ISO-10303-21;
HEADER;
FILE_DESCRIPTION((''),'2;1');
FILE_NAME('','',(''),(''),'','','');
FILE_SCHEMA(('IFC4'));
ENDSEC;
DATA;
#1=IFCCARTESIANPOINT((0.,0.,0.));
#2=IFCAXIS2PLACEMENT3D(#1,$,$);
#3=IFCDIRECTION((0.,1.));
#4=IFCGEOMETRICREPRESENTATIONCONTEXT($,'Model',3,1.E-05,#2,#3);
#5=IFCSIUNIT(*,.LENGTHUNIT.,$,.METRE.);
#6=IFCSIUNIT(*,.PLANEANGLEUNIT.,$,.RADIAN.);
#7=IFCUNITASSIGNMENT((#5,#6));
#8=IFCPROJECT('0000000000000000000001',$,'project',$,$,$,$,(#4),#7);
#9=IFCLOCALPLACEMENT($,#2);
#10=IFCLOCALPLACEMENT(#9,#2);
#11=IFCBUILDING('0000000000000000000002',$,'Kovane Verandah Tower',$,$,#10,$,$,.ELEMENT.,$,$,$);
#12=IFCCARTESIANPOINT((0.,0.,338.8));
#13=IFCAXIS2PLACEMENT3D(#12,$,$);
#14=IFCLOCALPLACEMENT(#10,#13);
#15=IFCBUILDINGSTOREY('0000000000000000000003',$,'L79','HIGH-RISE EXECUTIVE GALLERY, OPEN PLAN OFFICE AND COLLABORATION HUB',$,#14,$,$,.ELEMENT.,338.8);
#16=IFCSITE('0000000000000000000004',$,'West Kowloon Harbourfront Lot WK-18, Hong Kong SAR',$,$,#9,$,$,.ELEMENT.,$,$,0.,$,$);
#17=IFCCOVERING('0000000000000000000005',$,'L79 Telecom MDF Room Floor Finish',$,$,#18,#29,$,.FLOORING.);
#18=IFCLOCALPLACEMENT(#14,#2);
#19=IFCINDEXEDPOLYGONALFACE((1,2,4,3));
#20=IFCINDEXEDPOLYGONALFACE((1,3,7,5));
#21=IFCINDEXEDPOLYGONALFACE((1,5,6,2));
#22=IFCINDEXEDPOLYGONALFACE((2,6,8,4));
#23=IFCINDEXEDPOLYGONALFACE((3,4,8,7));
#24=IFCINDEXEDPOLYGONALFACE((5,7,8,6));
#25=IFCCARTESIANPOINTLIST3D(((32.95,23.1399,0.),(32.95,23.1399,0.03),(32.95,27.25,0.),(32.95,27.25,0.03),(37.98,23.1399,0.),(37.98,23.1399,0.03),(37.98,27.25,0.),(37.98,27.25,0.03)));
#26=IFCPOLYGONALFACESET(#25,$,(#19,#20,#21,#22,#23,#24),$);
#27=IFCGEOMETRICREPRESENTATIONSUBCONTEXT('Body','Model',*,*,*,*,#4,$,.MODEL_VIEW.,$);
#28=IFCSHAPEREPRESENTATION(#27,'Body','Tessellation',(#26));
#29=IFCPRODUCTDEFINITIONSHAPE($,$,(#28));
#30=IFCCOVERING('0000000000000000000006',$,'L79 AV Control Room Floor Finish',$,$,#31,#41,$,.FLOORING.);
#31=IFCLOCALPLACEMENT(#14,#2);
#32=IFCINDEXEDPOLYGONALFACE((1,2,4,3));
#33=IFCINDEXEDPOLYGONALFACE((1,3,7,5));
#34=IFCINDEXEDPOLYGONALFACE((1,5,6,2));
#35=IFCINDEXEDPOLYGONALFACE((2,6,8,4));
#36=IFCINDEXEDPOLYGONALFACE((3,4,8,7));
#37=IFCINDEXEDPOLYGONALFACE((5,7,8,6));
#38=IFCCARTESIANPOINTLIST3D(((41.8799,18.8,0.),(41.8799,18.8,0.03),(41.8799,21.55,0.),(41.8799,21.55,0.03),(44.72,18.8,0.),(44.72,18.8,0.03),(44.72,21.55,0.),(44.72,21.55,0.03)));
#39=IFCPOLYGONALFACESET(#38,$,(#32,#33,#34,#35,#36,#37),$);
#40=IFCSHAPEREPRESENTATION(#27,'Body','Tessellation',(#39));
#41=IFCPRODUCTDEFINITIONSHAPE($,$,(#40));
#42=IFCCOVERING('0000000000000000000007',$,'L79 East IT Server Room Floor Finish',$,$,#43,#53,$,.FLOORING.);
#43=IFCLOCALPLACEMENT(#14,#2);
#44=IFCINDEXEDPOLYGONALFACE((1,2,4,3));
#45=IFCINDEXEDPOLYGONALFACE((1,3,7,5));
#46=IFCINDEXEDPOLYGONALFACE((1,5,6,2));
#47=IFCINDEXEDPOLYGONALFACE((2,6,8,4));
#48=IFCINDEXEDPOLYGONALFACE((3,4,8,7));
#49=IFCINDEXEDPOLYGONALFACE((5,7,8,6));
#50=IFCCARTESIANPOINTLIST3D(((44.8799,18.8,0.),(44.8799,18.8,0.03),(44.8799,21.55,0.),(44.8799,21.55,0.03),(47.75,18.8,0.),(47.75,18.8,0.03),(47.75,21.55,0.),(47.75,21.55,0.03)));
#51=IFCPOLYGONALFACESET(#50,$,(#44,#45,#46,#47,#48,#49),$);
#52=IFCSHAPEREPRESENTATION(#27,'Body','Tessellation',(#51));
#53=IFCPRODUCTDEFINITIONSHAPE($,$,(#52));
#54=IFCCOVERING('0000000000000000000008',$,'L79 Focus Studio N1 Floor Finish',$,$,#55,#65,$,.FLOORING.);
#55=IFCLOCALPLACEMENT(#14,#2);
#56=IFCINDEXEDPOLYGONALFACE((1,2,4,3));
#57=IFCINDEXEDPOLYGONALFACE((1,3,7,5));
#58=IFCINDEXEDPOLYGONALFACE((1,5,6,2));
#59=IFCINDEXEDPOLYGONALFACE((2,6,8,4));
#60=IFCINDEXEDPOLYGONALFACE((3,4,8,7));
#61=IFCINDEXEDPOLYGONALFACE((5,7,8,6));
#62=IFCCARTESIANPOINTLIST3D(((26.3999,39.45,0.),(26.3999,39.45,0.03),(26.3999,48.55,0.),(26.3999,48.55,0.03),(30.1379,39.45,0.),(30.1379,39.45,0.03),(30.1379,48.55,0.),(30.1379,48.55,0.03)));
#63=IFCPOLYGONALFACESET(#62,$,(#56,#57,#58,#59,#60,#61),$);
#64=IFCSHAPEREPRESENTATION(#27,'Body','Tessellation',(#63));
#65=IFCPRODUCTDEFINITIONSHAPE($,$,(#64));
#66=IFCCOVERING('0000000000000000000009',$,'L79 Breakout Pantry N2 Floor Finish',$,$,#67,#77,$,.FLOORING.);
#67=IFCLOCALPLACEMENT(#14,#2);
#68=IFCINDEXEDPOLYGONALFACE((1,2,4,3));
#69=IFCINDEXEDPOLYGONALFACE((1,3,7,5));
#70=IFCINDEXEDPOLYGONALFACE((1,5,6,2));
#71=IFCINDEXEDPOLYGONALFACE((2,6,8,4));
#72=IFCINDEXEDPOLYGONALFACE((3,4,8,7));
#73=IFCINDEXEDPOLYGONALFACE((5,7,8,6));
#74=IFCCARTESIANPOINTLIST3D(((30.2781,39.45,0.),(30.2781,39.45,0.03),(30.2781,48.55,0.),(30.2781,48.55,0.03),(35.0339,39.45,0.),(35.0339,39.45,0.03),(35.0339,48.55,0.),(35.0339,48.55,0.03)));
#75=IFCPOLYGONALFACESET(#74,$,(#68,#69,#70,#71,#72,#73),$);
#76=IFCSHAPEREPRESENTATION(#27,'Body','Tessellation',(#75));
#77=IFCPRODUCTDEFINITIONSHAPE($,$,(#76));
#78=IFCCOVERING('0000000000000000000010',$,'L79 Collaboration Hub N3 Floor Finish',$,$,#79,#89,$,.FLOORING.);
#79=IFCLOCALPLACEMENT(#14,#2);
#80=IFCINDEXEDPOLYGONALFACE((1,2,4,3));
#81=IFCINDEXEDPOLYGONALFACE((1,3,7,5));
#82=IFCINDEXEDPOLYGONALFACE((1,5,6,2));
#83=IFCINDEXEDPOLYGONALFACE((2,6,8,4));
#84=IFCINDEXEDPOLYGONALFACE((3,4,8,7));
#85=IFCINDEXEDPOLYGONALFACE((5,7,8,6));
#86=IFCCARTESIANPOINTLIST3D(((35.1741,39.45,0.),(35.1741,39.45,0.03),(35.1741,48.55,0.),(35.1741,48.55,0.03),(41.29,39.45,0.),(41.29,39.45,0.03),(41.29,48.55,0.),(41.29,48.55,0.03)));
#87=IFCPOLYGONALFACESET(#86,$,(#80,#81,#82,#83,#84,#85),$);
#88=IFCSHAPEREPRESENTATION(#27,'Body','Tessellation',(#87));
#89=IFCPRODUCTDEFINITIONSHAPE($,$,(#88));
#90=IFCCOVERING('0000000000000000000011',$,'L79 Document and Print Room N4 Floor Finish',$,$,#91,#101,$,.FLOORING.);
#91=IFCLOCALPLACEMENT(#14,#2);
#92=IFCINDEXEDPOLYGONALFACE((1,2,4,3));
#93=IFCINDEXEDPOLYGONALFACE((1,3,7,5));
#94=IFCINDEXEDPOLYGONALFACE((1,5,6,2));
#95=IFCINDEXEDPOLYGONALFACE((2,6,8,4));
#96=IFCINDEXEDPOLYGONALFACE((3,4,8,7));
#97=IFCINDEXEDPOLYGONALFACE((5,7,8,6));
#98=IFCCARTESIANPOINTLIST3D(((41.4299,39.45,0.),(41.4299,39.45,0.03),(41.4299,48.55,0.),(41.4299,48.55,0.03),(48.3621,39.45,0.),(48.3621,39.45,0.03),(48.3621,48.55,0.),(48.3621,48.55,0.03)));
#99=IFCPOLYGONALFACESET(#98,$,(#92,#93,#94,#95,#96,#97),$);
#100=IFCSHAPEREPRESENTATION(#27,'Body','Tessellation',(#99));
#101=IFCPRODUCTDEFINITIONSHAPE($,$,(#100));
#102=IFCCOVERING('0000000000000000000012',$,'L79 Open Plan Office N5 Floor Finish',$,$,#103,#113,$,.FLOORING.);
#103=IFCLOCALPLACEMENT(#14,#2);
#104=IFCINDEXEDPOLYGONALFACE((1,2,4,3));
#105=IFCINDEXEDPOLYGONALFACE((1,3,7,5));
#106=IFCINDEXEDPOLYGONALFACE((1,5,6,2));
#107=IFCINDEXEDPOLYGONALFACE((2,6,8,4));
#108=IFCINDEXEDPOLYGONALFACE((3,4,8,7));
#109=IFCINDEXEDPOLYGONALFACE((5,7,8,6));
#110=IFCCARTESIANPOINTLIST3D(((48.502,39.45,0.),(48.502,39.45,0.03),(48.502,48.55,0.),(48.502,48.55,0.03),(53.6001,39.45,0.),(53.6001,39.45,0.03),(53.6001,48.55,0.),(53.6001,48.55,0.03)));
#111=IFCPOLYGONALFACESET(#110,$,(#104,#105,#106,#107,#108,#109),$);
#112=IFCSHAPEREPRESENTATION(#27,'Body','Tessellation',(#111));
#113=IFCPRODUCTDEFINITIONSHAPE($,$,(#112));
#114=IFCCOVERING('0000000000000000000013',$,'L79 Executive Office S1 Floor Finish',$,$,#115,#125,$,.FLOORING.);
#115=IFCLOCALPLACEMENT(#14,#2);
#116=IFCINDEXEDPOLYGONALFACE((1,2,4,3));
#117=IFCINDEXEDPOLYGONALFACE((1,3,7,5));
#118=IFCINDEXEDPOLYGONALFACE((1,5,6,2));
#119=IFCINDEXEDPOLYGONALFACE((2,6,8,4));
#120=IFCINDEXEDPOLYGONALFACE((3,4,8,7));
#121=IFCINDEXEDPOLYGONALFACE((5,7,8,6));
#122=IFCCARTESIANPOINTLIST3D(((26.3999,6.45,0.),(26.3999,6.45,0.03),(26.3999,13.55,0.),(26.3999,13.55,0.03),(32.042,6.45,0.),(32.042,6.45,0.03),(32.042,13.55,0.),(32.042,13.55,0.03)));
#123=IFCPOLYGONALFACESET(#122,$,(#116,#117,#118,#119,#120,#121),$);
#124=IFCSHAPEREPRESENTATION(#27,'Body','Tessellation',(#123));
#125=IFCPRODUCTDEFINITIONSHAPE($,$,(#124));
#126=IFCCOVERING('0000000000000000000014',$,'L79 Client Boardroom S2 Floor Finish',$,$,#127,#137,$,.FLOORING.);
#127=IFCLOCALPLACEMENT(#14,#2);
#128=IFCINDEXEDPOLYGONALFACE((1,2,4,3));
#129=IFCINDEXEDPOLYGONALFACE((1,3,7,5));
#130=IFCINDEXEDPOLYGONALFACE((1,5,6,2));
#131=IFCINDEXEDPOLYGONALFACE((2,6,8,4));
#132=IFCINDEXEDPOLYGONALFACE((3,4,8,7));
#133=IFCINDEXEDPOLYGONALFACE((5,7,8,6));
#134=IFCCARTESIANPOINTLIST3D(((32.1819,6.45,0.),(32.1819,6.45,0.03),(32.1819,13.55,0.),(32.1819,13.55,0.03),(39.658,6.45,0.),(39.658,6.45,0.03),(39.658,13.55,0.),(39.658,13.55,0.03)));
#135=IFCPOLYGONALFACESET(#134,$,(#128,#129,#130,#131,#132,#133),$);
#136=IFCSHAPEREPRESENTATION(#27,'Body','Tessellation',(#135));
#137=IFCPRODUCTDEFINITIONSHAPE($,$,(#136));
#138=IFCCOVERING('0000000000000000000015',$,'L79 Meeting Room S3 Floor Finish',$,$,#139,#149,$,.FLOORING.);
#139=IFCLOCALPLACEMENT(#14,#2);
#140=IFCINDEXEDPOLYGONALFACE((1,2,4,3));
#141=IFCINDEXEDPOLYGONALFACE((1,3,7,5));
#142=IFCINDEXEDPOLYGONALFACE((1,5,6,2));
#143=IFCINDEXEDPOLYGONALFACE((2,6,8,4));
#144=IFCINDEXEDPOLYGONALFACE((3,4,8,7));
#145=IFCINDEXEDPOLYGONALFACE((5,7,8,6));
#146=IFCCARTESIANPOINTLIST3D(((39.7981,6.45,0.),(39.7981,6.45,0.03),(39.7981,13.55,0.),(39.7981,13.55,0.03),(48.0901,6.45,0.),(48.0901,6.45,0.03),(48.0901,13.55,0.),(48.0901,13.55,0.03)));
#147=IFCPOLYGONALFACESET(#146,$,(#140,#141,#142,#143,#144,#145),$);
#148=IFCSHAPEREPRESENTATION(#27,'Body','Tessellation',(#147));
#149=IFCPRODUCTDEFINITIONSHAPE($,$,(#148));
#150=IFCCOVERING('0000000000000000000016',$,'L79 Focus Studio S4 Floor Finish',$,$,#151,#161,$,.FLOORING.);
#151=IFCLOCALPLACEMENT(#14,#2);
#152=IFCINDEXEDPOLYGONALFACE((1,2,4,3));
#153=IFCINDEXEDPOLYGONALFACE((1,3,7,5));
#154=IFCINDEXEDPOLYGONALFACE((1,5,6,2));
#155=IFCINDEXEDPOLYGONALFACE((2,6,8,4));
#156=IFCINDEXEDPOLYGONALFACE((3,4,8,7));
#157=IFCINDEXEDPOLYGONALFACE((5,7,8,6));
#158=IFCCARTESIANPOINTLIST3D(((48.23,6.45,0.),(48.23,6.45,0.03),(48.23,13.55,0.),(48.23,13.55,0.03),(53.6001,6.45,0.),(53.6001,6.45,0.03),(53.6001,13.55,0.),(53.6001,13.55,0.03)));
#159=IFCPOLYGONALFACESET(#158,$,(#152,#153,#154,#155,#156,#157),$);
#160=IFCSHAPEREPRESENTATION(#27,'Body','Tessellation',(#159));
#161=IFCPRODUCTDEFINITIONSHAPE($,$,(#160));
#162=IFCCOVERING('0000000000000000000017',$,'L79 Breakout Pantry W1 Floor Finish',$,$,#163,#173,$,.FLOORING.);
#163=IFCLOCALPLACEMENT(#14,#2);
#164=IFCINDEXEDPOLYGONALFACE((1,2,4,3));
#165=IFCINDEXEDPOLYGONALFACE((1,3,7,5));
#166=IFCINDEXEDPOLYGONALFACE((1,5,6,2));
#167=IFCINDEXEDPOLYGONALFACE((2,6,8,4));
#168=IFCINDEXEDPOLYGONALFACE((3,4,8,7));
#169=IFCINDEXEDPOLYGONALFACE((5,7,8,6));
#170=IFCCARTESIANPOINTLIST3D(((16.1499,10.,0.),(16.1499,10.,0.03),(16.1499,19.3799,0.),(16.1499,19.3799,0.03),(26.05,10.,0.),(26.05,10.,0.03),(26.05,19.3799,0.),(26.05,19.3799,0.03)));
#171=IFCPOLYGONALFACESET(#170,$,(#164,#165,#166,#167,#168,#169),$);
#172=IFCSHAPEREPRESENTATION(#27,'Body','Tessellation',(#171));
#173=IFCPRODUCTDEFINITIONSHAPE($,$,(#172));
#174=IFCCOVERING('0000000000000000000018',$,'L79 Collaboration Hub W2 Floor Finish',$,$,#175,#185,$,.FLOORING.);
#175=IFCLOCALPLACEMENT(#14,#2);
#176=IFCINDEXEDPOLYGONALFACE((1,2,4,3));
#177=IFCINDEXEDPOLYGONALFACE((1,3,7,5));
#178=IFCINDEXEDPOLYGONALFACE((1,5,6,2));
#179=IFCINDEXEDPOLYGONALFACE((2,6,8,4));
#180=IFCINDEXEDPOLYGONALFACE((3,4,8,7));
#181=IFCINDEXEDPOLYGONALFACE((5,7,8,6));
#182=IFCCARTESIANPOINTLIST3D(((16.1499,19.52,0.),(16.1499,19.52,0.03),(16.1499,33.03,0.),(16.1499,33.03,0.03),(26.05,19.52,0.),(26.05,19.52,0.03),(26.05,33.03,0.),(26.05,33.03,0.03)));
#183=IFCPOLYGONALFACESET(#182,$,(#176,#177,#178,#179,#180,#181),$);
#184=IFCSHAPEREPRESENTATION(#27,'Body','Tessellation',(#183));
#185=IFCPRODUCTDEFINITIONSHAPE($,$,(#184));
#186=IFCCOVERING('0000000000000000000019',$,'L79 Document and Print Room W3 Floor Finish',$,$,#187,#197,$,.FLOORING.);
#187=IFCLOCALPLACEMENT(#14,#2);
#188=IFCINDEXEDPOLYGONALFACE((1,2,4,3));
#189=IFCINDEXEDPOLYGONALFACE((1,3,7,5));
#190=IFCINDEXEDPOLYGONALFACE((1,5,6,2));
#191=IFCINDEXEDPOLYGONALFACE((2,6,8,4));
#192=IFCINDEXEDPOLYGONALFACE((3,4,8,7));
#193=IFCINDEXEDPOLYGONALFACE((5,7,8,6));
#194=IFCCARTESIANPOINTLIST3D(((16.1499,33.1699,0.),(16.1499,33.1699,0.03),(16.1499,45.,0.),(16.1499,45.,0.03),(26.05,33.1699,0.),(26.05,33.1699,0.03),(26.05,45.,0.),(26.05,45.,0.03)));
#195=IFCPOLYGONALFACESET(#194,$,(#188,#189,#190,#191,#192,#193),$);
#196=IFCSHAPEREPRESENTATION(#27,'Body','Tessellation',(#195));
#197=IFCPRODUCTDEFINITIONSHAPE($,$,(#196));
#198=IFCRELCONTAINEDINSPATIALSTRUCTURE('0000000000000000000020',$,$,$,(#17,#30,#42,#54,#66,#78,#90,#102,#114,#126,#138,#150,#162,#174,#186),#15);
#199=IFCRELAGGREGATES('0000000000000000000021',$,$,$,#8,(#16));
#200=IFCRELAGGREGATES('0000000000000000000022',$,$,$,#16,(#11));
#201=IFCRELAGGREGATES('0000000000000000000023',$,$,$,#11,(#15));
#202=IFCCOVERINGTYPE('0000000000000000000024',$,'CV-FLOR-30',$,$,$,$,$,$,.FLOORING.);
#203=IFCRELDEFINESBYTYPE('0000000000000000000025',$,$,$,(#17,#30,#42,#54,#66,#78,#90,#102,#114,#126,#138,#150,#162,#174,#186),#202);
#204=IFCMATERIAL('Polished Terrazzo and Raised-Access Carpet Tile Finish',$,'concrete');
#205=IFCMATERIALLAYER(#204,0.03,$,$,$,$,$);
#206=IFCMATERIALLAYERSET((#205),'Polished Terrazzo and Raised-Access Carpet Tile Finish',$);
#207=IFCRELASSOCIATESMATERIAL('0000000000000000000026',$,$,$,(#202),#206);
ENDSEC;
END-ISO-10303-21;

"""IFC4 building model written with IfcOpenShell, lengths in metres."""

from ifc_helpers import new_model, si_unit, direction, frame, origin, place, context, subcontext, project, spatial, polyline, outline, extrude, material, layer, layer_set, type_object, element, save


model = new_model("IFC4")

# Units and contexts
model_context = context("Model", 3, precision=1e-05, world=origin(), true_north=direction((0.0, 1.0)))
body_context = subcontext(model_context, "Body", "Model", "MODEL_VIEW")
ifc_project = project(units=[si_unit("LENGTHUNIT", "METRE"), si_unit("PLANEANGLEUNIT", "RADIAN")], contexts=[model_context])

# Site, building, storey
site_placement = place(None, origin())
site = spatial("IfcSite", under=ifc_project, at=site_placement, Name="West Kowloon Harbourfront Lot WK-18, Hong Kong SAR", CompositionType="ELEMENT", RefElevation=0.0)
building_placement = place(site_placement, origin())
building = spatial("IfcBuilding", under=site, at=building_placement, Name="Kovane Verandah Tower", CompositionType="ELEMENT")
storey_placement = place(building_placement, frame((0.0, 0.0, 338.8)))
storey = spatial("IfcBuildingStorey", under=building, at=storey_placement, Name="L79", Description="HIGH-RISE EXECUTIVE GALLERY, OPEN PLAN OFFICE AND COLLABORATION HUB", CompositionType="ELEMENT", Elevation=338.8)

# Coverings
ifc_material_1 = material(Name="Polished Terrazzo and Raised-Access Carpet Tile Finish", Category="concrete")
ifc_layer_1 = layer(ifc_material_1, 0.03)
ifc_layer_set_1 = layer_set([ifc_layer_1], Name="Polished Terrazzo and Raised-Access Carpet Tile Finish")
covering_type_1 = type_object("IfcCoveringType", Name="CV-FLOR-30", PredefinedType="FLOORING", material=ifc_layer_set_1)
covering_1_placement = place(storey_placement, origin())
element("IfcCovering", 1, at=covering_1_placement, inside=storey, type_object=covering_type_1, Name="L79 Telecom MDF Room Floor Finish", PredefinedType="FLOORING", context=body_context, shape_type="SweptSolid", body=[
    extrude(outline(polyline([(32.95, 23.1399), (37.98, 23.1399), (37.98, 27.25), (32.95, 27.25), (32.95, 23.1399)])), origin(), (0.0, 0.0, 1.0), 0.03),
])
covering_2_placement = place(storey_placement, origin())
element("IfcCovering", 2, at=covering_2_placement, inside=storey, type_object=covering_type_1, Name="L79 AV Control Room Floor Finish", PredefinedType="FLOORING", context=body_context, shape_type="SweptSolid", body=[
    extrude(outline(polyline([(41.8799, 18.8), (44.72, 18.8), (44.72, 21.55), (41.8799, 21.55), (41.8799, 18.8)])), origin(), (0.0, 0.0, 1.0), 0.03),
])
covering_3_placement = place(storey_placement, origin())
element("IfcCovering", 3, at=covering_3_placement, inside=storey, type_object=covering_type_1, Name="L79 East IT Server Room Floor Finish", PredefinedType="FLOORING", context=body_context, shape_type="SweptSolid", body=[
    extrude(outline(polyline([(44.8799, 18.8), (47.75, 18.8), (47.75, 21.55), (44.8799, 21.55), (44.8799, 18.8)])), origin(), (0.0, 0.0, 1.0), 0.03),
])
covering_4_placement = place(storey_placement, origin())
element("IfcCovering", 4, at=covering_4_placement, inside=storey, type_object=covering_type_1, Name="L79 Focus Studio N1 Floor Finish", PredefinedType="FLOORING", context=body_context, shape_type="SweptSolid", body=[
    extrude(outline(polyline([(26.3999, 39.45), (30.1379, 39.45), (30.1379, 48.55), (26.3999, 48.55), (26.3999, 39.45)])), origin(), (0.0, 0.0, 1.0), 0.03),
])
covering_5_placement = place(storey_placement, origin())
element("IfcCovering", 5, at=covering_5_placement, inside=storey, type_object=covering_type_1, Name="L79 Breakout Pantry N2 Floor Finish", PredefinedType="FLOORING", context=body_context, shape_type="SweptSolid", body=[
    extrude(outline(polyline([(30.2781, 39.45), (35.0339, 39.45), (35.0339, 48.55), (30.2781, 48.55), (30.2781, 39.45)])), origin(), (0.0, 0.0, 1.0), 0.03),
])
covering_6_placement = place(storey_placement, origin())
element("IfcCovering", 6, at=covering_6_placement, inside=storey, type_object=covering_type_1, Name="L79 Collaboration Hub N3 Floor Finish", PredefinedType="FLOORING", context=body_context, shape_type="SweptSolid", body=[
    extrude(outline(polyline([(35.1741, 39.45), (41.29, 39.45), (41.29, 48.55), (35.1741, 48.55), (35.1741, 39.45)])), origin(), (0.0, 0.0, 1.0), 0.03),
])
covering_7_placement = place(storey_placement, origin())
element("IfcCovering", 7, at=covering_7_placement, inside=storey, type_object=covering_type_1, Name="L79 Document and Print Room N4 Floor Finish", PredefinedType="FLOORING", context=body_context, shape_type="SweptSolid", body=[
    extrude(outline(polyline([(41.4299, 39.45), (48.3621, 39.45), (48.3621, 48.55), (41.4299, 48.55), (41.4299, 39.45)])), origin(), (0.0, 0.0, 1.0), 0.03),
])
covering_8_placement = place(storey_placement, origin())
element("IfcCovering", 8, at=covering_8_placement, inside=storey, type_object=covering_type_1, Name="L79 Open Plan Office N5 Floor Finish", PredefinedType="FLOORING", context=body_context, shape_type="SweptSolid", body=[
    extrude(outline(polyline([(48.502, 39.45), (53.6001, 39.45), (53.6001, 48.55), (48.502, 48.55), (48.502, 39.45)])), origin(), (0.0, 0.0, 1.0), 0.03),
])
covering_9_placement = place(storey_placement, origin())
element("IfcCovering", 9, at=covering_9_placement, inside=storey, type_object=covering_type_1, Name="L79 Executive Office S1 Floor Finish", PredefinedType="FLOORING", context=body_context, shape_type="SweptSolid", body=[
    extrude(outline(polyline([(26.3999, 6.45), (32.042, 6.45), (32.042, 13.55), (26.3999, 13.55), (26.3999, 6.45)])), origin(), (0.0, 0.0, 1.0), 0.03),
])
covering_10_placement = place(storey_placement, origin())
element("IfcCovering", 10, at=covering_10_placement, inside=storey, type_object=covering_type_1, Name="L79 Client Boardroom S2 Floor Finish", PredefinedType="FLOORING", context=body_context, shape_type="SweptSolid", body=[
    extrude(outline(polyline([(32.1819, 6.45), (39.658, 6.45), (39.658, 13.55), (32.1819, 13.55), (32.1819, 6.45)])), origin(), (0.0, 0.0, 1.0), 0.03),
])
covering_11_placement = place(storey_placement, origin())
element("IfcCovering", 11, at=covering_11_placement, inside=storey, type_object=covering_type_1, Name="L79 Meeting Room S3 Floor Finish", PredefinedType="FLOORING", context=body_context, shape_type="SweptSolid", body=[
    extrude(outline(polyline([(39.7981, 6.45), (48.0901, 6.45), (48.0901, 13.55), (39.7981, 13.55), (39.7981, 6.45)])), origin(), (0.0, 0.0, 1.0), 0.03),
])
covering_12_placement = place(storey_placement, origin())
element("IfcCovering", 12, at=covering_12_placement, inside=storey, type_object=covering_type_1, Name="L79 Focus Studio S4 Floor Finish", PredefinedType="FLOORING", context=body_context, shape_type="SweptSolid", body=[
    extrude(outline(polyline([(48.23, 6.45), (53.6001, 6.45), (53.6001, 13.55), (48.23, 13.55), (48.23, 6.45)])), origin(), (0.0, 0.0, 1.0), 0.03),
])
covering_13_placement = place(storey_placement, origin())
element("IfcCovering", 13, at=covering_13_placement, inside=storey, type_object=covering_type_1, Name="L79 Breakout Pantry W1 Floor Finish", PredefinedType="FLOORING", context=body_context, shape_type="SweptSolid", body=[
    extrude(outline(polyline([(16.1499, 10.0), (26.05, 10.0), (26.05, 19.3799), (16.1499, 19.3799), (16.1499, 10.0)])), origin(), (0.0, 0.0, 1.0), 0.03),
])
covering_14_placement = place(storey_placement, origin())
element("IfcCovering", 14, at=covering_14_placement, inside=storey, type_object=covering_type_1, Name="L79 Collaboration Hub W2 Floor Finish", PredefinedType="FLOORING", context=body_context, shape_type="SweptSolid", body=[
    extrude(outline(polyline([(16.1499, 19.52), (26.05, 19.52), (26.05, 33.03), (16.1499, 33.03), (16.1499, 19.52)])), origin(), (0.0, 0.0, 1.0), 0.03),
])
covering_15_placement = place(storey_placement, origin())
element("IfcCovering", 15, at=covering_15_placement, inside=storey, type_object=covering_type_1, Name="L79 Document and Print Room W3 Floor Finish", PredefinedType="FLOORING", context=body_context, shape_type="SweptSolid", body=[
    extrude(outline(polyline([(16.1499, 33.1699), (26.05, 33.1699), (26.05, 45.0), (16.1499, 45.0), (16.1499, 33.1699)])), origin(), (0.0, 0.0, 1.0), 0.03),
])

save(model, "model.ifc")
